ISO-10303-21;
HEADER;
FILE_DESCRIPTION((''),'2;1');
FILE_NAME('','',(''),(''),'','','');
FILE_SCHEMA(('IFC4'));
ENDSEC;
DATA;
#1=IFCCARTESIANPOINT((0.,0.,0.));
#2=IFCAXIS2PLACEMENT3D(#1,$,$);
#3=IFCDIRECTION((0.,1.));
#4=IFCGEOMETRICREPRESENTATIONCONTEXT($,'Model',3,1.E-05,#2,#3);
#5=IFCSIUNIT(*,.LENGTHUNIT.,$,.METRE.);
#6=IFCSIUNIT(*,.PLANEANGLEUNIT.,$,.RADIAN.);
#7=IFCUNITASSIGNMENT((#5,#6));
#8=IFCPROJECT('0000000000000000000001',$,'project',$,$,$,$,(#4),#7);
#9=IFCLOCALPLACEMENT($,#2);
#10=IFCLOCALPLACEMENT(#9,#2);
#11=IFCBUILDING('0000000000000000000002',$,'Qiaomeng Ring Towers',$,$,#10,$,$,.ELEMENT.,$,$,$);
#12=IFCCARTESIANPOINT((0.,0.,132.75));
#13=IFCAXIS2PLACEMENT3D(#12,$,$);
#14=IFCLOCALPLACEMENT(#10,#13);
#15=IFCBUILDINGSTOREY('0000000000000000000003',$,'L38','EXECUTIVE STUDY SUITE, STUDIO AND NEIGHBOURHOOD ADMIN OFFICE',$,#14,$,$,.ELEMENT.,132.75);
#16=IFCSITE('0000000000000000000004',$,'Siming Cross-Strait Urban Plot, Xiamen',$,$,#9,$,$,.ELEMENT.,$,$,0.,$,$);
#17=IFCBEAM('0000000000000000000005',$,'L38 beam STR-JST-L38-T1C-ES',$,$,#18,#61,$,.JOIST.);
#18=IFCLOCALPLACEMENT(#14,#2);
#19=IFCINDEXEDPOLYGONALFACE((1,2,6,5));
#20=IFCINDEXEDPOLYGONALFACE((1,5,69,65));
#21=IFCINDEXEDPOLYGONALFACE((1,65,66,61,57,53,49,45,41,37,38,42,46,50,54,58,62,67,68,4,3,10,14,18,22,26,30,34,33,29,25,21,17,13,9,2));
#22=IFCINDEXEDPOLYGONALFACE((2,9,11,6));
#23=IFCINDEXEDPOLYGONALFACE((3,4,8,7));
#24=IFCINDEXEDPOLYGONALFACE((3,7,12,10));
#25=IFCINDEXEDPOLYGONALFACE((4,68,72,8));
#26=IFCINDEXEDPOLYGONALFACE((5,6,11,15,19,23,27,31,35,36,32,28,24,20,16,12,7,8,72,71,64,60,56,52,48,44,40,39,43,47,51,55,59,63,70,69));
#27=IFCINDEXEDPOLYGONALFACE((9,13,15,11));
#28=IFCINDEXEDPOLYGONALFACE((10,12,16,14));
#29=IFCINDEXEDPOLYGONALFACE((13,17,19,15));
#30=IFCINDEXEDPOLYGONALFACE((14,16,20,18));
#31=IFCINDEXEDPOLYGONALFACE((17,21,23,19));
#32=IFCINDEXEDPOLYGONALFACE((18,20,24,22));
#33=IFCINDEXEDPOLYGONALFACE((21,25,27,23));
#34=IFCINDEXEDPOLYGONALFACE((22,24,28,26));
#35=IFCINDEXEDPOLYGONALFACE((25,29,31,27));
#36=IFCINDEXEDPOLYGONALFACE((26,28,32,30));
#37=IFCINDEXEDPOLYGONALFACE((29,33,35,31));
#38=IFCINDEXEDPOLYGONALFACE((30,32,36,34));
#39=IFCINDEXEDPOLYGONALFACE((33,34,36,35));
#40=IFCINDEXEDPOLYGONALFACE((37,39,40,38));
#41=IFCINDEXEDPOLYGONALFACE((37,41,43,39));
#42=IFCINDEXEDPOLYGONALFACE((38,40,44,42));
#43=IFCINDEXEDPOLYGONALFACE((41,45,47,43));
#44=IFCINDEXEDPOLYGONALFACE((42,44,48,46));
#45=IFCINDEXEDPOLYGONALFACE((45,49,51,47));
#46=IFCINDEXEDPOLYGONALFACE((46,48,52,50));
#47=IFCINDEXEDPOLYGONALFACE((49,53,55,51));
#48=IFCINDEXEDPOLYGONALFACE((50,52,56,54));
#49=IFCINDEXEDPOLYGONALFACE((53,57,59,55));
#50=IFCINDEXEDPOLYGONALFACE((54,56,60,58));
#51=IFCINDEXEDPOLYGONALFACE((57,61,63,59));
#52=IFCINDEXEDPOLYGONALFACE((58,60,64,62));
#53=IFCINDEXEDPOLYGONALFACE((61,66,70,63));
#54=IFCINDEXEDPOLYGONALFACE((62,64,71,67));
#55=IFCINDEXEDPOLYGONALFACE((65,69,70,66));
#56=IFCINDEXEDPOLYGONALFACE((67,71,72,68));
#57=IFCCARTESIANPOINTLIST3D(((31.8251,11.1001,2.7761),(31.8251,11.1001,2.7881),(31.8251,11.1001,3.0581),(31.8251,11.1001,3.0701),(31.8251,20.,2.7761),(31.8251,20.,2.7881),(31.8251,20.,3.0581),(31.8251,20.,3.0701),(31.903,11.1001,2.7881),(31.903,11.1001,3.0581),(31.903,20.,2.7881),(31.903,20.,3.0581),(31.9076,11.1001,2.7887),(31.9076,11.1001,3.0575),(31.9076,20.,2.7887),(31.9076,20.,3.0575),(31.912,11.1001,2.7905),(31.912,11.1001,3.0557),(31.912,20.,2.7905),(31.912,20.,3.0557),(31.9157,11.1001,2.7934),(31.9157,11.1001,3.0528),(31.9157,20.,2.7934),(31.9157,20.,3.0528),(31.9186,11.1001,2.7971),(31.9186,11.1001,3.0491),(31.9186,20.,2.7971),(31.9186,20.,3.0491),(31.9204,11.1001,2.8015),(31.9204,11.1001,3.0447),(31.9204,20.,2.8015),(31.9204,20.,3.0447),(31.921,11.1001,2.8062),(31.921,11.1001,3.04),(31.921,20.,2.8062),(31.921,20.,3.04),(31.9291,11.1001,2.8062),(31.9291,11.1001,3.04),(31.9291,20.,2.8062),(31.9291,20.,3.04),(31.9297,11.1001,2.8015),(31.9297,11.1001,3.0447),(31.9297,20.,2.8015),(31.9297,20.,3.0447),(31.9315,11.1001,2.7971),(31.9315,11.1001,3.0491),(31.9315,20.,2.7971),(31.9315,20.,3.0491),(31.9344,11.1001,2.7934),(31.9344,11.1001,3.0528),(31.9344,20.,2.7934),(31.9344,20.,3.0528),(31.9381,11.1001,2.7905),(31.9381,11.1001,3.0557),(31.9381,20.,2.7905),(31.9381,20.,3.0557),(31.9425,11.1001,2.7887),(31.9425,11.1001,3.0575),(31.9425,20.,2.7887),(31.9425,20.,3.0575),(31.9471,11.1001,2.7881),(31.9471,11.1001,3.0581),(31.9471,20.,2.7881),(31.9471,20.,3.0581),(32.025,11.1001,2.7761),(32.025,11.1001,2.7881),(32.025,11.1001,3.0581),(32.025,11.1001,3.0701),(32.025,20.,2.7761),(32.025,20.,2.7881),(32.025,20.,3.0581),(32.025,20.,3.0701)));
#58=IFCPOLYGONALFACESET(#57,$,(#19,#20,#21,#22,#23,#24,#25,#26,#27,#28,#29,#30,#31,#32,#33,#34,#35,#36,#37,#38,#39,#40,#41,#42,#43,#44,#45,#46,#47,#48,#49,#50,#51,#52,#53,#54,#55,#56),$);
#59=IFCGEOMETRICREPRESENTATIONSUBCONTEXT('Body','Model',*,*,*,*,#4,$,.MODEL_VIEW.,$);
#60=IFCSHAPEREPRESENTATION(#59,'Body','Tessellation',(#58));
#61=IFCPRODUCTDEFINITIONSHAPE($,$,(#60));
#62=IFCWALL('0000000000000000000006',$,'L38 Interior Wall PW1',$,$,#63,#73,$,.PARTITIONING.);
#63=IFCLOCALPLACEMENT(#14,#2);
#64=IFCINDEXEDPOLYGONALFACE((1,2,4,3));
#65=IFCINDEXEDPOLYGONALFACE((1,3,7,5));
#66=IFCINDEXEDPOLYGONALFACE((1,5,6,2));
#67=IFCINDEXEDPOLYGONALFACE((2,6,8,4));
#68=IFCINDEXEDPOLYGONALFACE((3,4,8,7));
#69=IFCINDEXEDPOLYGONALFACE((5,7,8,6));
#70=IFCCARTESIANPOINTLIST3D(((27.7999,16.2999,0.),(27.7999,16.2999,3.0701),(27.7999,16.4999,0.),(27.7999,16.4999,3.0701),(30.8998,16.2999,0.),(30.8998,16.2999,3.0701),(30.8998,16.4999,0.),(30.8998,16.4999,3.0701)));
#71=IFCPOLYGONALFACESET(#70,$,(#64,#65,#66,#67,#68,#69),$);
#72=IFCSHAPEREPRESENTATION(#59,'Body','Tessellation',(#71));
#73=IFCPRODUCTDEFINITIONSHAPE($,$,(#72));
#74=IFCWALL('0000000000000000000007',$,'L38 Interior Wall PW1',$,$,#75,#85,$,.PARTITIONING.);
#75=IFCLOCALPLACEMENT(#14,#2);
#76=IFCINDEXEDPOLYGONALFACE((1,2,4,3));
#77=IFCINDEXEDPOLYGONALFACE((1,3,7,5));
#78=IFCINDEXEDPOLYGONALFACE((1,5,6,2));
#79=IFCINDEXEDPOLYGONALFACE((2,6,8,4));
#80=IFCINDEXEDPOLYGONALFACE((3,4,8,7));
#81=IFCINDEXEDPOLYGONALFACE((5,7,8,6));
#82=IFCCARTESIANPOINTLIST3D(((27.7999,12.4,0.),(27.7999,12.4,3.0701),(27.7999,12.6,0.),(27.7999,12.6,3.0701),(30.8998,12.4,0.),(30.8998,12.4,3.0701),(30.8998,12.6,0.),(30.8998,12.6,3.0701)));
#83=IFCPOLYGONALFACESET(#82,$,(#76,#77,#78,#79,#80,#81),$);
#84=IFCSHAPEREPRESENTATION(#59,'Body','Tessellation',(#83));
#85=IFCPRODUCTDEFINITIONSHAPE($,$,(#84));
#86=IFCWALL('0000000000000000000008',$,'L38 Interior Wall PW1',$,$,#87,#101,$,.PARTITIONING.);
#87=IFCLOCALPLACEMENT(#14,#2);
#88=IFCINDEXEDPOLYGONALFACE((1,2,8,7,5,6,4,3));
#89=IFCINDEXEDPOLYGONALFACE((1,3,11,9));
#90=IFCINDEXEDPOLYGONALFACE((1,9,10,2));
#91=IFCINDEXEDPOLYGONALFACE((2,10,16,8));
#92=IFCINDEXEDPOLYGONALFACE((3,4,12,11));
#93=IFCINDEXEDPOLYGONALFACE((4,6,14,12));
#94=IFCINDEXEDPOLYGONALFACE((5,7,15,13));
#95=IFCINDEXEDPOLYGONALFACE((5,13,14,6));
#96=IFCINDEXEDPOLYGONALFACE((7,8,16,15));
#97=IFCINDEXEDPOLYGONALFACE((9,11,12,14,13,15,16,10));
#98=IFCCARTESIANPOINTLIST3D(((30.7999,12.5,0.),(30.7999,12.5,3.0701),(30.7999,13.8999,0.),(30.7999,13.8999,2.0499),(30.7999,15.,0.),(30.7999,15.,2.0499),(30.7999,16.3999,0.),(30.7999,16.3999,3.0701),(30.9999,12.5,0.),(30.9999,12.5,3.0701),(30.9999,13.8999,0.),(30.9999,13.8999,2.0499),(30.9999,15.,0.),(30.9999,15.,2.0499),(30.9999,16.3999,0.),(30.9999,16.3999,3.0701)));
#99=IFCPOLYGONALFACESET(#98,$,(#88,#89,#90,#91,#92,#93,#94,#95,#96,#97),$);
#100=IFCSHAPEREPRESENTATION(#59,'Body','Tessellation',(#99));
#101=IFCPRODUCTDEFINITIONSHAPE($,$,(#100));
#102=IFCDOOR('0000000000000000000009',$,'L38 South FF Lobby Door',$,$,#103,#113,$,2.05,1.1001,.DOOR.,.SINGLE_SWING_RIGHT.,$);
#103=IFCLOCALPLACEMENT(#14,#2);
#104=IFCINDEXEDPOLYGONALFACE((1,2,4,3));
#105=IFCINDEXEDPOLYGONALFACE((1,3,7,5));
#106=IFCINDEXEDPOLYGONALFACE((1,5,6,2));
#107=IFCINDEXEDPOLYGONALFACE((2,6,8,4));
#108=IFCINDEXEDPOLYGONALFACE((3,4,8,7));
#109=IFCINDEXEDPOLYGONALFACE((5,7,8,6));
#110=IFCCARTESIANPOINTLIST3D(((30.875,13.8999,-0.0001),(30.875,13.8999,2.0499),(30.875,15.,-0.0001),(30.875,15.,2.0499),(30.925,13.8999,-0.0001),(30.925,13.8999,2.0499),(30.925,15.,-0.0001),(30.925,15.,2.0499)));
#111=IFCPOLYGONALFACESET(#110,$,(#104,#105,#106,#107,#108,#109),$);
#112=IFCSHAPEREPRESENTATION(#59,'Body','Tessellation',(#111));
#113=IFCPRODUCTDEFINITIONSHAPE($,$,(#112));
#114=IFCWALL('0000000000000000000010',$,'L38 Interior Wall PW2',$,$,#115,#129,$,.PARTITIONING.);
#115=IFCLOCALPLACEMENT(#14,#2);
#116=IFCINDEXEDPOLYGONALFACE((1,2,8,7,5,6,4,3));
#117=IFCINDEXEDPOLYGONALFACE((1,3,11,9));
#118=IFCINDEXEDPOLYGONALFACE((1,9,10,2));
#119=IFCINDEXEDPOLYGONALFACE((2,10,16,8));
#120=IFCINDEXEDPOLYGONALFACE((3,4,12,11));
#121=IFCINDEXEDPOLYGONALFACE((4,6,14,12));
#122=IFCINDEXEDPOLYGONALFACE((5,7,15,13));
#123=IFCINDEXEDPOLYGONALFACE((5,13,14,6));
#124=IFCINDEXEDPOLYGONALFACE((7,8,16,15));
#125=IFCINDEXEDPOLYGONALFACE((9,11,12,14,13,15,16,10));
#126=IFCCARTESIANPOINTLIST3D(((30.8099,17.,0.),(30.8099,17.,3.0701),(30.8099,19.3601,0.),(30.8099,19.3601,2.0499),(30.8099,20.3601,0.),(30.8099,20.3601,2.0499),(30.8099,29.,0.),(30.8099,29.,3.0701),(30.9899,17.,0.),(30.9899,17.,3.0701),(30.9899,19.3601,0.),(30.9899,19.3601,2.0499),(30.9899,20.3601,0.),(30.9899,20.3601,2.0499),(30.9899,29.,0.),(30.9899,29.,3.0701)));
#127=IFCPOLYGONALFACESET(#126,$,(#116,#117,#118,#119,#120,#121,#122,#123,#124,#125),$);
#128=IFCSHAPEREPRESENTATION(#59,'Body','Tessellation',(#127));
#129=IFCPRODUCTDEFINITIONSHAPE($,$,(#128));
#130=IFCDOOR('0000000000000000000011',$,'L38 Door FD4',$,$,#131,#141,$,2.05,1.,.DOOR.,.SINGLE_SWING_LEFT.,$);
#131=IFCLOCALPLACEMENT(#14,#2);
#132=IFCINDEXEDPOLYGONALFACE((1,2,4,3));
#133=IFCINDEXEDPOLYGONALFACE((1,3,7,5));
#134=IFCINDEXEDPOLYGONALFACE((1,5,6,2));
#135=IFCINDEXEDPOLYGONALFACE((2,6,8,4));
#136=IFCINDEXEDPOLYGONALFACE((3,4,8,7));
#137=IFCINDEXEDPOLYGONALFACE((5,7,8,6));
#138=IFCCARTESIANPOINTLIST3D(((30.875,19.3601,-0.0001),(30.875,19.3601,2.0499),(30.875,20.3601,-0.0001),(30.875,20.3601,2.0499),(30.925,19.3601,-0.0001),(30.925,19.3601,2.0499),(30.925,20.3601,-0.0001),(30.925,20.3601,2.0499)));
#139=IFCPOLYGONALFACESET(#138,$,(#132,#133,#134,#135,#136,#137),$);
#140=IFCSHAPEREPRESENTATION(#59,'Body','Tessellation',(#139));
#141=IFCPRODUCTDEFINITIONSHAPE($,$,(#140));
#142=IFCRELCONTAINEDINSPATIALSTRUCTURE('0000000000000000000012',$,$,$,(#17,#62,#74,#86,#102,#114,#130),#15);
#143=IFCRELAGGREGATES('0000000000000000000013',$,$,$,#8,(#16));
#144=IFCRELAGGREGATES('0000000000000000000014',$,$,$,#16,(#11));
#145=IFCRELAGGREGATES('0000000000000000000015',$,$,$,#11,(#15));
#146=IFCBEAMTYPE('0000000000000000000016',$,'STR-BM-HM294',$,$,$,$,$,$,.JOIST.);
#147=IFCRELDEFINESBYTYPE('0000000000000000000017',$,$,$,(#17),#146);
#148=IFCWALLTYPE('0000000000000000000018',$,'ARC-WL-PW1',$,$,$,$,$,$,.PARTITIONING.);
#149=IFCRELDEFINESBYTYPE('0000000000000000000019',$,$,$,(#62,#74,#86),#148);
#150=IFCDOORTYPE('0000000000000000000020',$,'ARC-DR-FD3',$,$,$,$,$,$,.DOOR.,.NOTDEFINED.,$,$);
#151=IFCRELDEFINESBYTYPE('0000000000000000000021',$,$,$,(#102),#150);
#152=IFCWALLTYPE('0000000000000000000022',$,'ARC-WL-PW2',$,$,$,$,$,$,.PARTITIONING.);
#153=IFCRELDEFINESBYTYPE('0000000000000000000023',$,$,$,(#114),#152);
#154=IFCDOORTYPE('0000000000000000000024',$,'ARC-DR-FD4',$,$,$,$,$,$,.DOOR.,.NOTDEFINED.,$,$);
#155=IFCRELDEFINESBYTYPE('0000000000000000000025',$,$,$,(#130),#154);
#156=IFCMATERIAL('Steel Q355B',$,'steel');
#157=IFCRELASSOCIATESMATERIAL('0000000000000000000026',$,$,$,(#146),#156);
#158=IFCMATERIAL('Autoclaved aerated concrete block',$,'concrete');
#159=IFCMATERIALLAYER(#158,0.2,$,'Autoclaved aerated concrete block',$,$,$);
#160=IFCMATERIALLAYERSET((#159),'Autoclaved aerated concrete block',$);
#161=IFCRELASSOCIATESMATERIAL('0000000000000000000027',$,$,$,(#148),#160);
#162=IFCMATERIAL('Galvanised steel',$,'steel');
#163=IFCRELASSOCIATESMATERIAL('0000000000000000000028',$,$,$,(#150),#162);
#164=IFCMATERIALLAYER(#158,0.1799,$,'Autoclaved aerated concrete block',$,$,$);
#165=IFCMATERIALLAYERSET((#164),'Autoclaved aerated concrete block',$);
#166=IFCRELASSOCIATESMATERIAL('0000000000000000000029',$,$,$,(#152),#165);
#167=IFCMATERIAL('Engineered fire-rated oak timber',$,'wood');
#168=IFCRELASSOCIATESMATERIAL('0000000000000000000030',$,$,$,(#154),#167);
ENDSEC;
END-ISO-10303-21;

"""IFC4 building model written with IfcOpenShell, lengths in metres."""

from ifc_helpers import new_model, si_unit, direction, frame, frame_2d, origin, origin_2d, place, context, subcontext, project, spatial, rectangle, i_section, extrude, source, transform, mapped, material, layer, layer_set, material_profile, profile_set, type_object, element, fill, save


model = new_model("IFC4")

# Units and contexts
model_context = context("Model", 3, precision=1e-05, world=origin(), true_north=direction((0.0, 1.0)))
body_context = subcontext(model_context, "Body", "Model", "MODEL_VIEW")
ifc_project = project(units=[si_unit("LENGTHUNIT", "METRE"), si_unit("PLANEANGLEUNIT", "RADIAN")], contexts=[model_context])

# Site, building, storey
site_placement = place(None, origin())
site = spatial("IfcSite", under=ifc_project, at=site_placement, Name="Siming Cross-Strait Urban Plot, Xiamen", CompositionType="ELEMENT", RefElevation=0.0)
building_placement = place(site_placement, origin())
building = spatial("IfcBuilding", under=site, at=building_placement, Name="Qiaomeng Ring Towers", CompositionType="ELEMENT")
storey_placement = place(building_placement, frame((0.0, 0.0, 132.75)))
storey = spatial("IfcBuildingStorey", under=building, at=storey_placement, Name="L38", Description="EXECUTIVE STUDY SUITE, STUDIO AND NEIGHBOURHOOD ADMIN OFFICE", CompositionType="ELEMENT", Elevation=132.75)

# Beam
ifc_material_1 = material(Name="Steel Q355B", Category="steel")
ifc_material_profile_1 = material_profile(ifc_material_1, i_section(OverallWidth=0.2, OverallDepth=0.2939, WebThickness=0.0081, FlangeThickness=0.012, FilletRadius=0.0181, at=origin_2d()), Name="HM 294x200x8x12")
ifc_profile_set_1 = profile_set([ifc_material_profile_1], Name="Steel Q355B")
beam_type_1 = type_object("IfcBeamType", Name="STR-BM-HM294", PredefinedType="JOIST", material=ifc_profile_set_1)
shared_shape_1 = source(origin(), body_context, "Body", "SweptSolid", [
    extrude(i_section(OverallWidth=0.2, OverallDepth=0.2939, WebThickness=0.0081, FlangeThickness=0.012, FilletRadius=0.0181, at=origin_2d()), origin(), (0.0, 0.0, 1.0), 8.8999),
])
beam_1_placement = place(storey_placement, frame((31.925, 11.1001, 2.9231), z_axis=(0.0, 1.0, 0.0), x_axis=(-1.0, 0.0, 0.0)))
element("IfcBeam", 1, at=beam_1_placement, inside=storey, type_object=beam_type_1, Name="L38 beam STR-JST-L38-T1C-ES", PredefinedType="JOIST", context=body_context, shape_type="MappedRepresentation", body=[
    mapped(shared_shape_1, transform((0.0, 0.0, 0.0), x_axis=(1.0, 0.0, 0.0), y_axis=(0.0, 1.0, 0.0), z_axis=(0.0, 0.0, 1.0), scale=1.0)),
])

# Walls
ifc_material_2 = material(Name="Autoclaved aerated concrete block", Category="concrete")
ifc_layer_1 = layer(ifc_material_2, 0.2, Name="Autoclaved aerated concrete block")
ifc_layer_set_1 = layer_set([ifc_layer_1], Name="Autoclaved aerated concrete block")
wall_type_1 = type_object("IfcWallType", Name="ARC-WL-PW1", PredefinedType="PARTITIONING", material=ifc_layer_set_1)
for number, where, z_axis, x_axis, name in (
    (2, (27.8, 16.3999, 0.0), (0.0, 0.0, 1.0), (1.0, 0.0, 0.0), "L38 Interior Wall PW1"),
    (3, (27.8, 12.5, 0.0), (0.0, 0.0, 1.0), (1.0, 0.0, 0.0), "L38 Interior Wall PW1"),
):
    element("IfcWall", number, at=place(storey_placement, frame(where, z_axis=z_axis, x_axis=x_axis)), inside=storey, type_object=wall_type_1, Name=name, PredefinedType="PARTITIONING", context=body_context, shape_type="SweptSolid", body=[
        extrude(rectangle(XDim=3.0999, YDim=0.2, at=frame_2d((1.5498, 0.0))), origin(), (0.0, 0.0, 1.0), 3.0701),
    ])

# Walls, openings, doors
wall_1_placement = place(storey_placement, frame((30.8999, 12.5, 0.0), z_axis=(0.0, 0.0, 1.0), x_axis=(0.0, 1.0, 0.0)))
wall_1 = element("IfcWall", 4, at=wall_1_placement, inside=storey, type_object=wall_type_1, Name="L38 Interior Wall PW1", PredefinedType="PARTITIONING", context=body_context, shape_type="SweptSolid", body=[
    extrude(rectangle(XDim=3.8999, YDim=0.2, at=frame_2d((1.95, 0.0))), origin(), (0.0, 0.0, 1.0), 3.0701),
])
opening_1_placement = place(wall_1_placement, frame((1.3999, 0.0, 0.0)))
opening_1 = element("IfcOpeningElement", 5, at=opening_1_placement, cuts=wall_1, PredefinedType="OPENING", context=body_context, shape_type="SweptSolid", body=[
    extrude(rectangle(XDim=1.1001, YDim=2.05, at=frame_2d((0.55, 1.0249))), frame((0.0, 0.1099, 0.0), z_axis=(0.0, -1.0, 0.0), x_axis=(1.0, 0.0, 0.0)), (0.0, 0.0, 1.0), 0.22),
])
ifc_material_3 = material(Name="Galvanised steel", Category="steel")
door_type_1 = type_object("IfcDoorType", Name="ARC-DR-FD3", OperationType="NOTDEFINED", PredefinedType="DOOR", material=ifc_material_3)
shared_shape_2 = source(origin(), body_context, "Body", "SweptSolid", [
    extrude(rectangle(XDim=1.1001, YDim=2.05, at=frame_2d((0.55, 1.0249))), frame((0.0, 0.0249, 0.0), z_axis=(0.0, -1.0, 0.0), x_axis=(1.0, 0.0, 0.0)), (0.0, 0.0, 1.0), 0.05),
])
door_1_placement = place(opening_1_placement, origin())
door_1 = element("IfcDoor", 6, at=door_1_placement, inside=storey, type_object=door_type_1, Name="L38 South FF Lobby Door", OperationType="SINGLE_SWING_RIGHT", OverallHeight=2.05, OverallWidth=1.1001, PredefinedType="DOOR", context=body_context, shape_type="MappedRepresentation", body=[
    mapped(shared_shape_2, transform((0.0, 0.0, 0.0), x_axis=(1.0, 0.0, 0.0), y_axis=(0.0, 1.0, 0.0), z_axis=(0.0, 0.0, 1.0), scale=1.0)),
])
fill(opening_1, door_1)
ifc_layer_2 = layer(ifc_material_2, 0.1799, Name="Autoclaved aerated concrete block")
ifc_layer_set_2 = layer_set([ifc_layer_2], Name="Autoclaved aerated concrete block")
wall_type_2 = type_object("IfcWallType", Name="ARC-WL-PW2", PredefinedType="PARTITIONING", material=ifc_layer_set_2)
wall_2_placement = place(storey_placement, frame((30.8999, 17.0, 0.0), z_axis=(0.0, 0.0, 1.0), x_axis=(0.0, 1.0, 0.0)))
wall_2 = element("IfcWall", 7, at=wall_2_placement, inside=storey, type_object=wall_type_2, Name="L38 Interior Wall PW2", PredefinedType="PARTITIONING", context=body_context, shape_type="SweptSolid", body=[
    extrude(rectangle(XDim=12.0, YDim=0.1799, at=frame_2d((6.0, 0.0))), origin(), (0.0, 0.0, 1.0), 3.0701),
])
opening_2_placement = place(wall_2_placement, frame((2.3601, 0.0, 0.0)))
opening_2 = element("IfcOpeningElement", 8, at=opening_2_placement, cuts=wall_2, PredefinedType="OPENING", context=body_context, shape_type="SweptSolid", body=[
    extrude(rectangle(XDim=1.0, YDim=2.05, at=frame_2d((0.5, 1.0249))), frame((0.0, 0.0999, 0.0), z_axis=(0.0, -1.0, 0.0), x_axis=(1.0, 0.0, 0.0)), (0.0, 0.0, 1.0), 0.2),
])
ifc_material_4 = material(Name="Engineered fire-rated oak timber", Category="wood")
door_type_2 = type_object("IfcDoorType", Name="ARC-DR-FD4", OperationType="NOTDEFINED", PredefinedType="DOOR", material=ifc_material_4)
shared_shape_3 = source(origin(), body_context, "Body", "SweptSolid", [
    extrude(rectangle(XDim=1.0, YDim=2.05, at=frame_2d((0.5, 1.0249))), frame((0.0, 0.0249, 0.0), z_axis=(0.0, -1.0, 0.0), x_axis=(1.0, 0.0, 0.0)), (0.0, 0.0, 1.0), 0.05),
])
door_2_placement = place(opening_2_placement, origin())
door_2 = element("IfcDoor", 9, at=door_2_placement, inside=storey, type_object=door_type_2, Name="L38 Door FD4", OperationType="SINGLE_SWING_LEFT", OverallHeight=2.05, OverallWidth=1.0, PredefinedType="DOOR", context=body_context, shape_type="MappedRepresentation", body=[
    mapped(shared_shape_3, transform((0.0, 0.0, 0.0), x_axis=(1.0, 0.0, 0.0), y_axis=(0.0, 1.0, 0.0), z_axis=(0.0, 0.0, 1.0), scale=1.0)),
])
fill(opening_2, door_2)

save(model, "model.ifc")
